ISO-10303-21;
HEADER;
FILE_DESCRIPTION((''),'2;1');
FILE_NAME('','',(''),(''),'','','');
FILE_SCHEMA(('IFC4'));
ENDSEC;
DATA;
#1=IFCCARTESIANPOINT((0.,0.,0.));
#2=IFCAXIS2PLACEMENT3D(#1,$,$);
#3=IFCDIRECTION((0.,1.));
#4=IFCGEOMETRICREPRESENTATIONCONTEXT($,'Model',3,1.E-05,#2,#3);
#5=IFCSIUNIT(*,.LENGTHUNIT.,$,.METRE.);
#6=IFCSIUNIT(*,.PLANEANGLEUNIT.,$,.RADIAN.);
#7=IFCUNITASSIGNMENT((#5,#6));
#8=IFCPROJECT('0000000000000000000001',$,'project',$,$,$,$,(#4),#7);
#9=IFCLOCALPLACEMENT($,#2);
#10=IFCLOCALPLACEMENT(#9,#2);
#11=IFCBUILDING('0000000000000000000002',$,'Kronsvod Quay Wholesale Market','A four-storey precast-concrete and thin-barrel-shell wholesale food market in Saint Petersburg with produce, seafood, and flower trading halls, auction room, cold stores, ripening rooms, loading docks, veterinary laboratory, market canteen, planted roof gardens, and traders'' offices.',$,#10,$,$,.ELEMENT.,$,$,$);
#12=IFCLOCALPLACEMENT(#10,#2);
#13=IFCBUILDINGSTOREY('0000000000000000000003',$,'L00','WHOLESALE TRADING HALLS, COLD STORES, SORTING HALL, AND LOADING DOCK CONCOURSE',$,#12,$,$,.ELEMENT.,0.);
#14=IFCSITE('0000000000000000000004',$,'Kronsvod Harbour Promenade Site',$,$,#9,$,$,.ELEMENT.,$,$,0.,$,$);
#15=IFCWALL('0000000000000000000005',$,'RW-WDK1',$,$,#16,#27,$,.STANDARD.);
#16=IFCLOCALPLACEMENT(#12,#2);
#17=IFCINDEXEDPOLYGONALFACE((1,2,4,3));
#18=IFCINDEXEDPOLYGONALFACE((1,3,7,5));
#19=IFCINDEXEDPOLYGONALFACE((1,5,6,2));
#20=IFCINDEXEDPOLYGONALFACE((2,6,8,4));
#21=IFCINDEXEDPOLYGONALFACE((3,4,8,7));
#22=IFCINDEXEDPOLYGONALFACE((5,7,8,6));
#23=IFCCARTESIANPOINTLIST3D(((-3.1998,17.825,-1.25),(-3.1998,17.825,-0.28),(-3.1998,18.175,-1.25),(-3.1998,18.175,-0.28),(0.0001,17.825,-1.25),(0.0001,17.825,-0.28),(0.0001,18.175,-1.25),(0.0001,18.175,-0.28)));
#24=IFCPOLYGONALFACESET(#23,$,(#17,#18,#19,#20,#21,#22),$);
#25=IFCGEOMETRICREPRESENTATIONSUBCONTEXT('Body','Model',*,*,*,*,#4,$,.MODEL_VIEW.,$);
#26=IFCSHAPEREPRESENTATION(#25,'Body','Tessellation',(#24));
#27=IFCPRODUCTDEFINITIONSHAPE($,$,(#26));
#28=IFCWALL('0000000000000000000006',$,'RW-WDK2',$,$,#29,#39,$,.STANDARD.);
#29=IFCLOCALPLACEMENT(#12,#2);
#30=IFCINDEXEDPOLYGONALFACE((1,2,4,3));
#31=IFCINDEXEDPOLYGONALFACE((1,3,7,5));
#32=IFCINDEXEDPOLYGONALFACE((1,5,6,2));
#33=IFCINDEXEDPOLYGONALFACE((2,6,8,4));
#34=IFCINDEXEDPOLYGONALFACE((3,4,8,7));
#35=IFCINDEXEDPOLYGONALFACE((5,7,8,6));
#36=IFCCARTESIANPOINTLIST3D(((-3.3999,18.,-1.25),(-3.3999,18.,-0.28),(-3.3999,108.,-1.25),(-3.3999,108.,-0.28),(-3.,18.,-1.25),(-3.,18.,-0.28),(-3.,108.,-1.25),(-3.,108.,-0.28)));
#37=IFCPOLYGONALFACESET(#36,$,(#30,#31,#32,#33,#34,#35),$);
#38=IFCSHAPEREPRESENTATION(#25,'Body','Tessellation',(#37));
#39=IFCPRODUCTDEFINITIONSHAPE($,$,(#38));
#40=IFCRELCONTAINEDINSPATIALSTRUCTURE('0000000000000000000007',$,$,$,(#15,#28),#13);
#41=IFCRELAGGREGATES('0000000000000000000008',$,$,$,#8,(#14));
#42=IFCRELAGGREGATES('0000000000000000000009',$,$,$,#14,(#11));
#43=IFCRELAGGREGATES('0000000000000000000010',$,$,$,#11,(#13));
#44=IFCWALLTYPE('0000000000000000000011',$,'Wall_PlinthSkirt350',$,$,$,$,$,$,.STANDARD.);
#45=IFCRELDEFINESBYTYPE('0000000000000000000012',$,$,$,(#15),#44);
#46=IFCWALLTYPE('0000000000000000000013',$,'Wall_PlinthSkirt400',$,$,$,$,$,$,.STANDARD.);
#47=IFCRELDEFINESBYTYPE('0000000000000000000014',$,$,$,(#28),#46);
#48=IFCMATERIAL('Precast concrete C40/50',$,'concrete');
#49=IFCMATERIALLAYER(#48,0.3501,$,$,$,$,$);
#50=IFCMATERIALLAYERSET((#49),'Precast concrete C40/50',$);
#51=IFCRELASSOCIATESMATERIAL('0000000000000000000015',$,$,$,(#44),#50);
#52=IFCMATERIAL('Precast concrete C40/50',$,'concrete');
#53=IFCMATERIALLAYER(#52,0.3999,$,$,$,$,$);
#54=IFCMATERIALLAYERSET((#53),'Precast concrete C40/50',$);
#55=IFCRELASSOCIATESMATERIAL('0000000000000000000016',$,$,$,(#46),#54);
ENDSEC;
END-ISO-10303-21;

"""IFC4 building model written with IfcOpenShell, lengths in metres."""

from ifc_helpers import new_model, si_unit, direction, frame, frame_2d, origin, place, context, subcontext, project, spatial, rectangle, extrude, material, layer, layer_set, type_object, element, save


model = new_model("IFC4")

# Units and contexts
model_context = context("Model", 3, precision=1e-05, world=origin(), true_north=direction((0.0, 1.0)))
body_context = subcontext(model_context, "Body", "Model", "MODEL_VIEW")
ifc_project = project(units=[si_unit("LENGTHUNIT", "METRE"), si_unit("PLANEANGLEUNIT", "RADIAN")], contexts=[model_context])

# Site, building, storey
site_placement = place(None, origin())
site = spatial("IfcSite", under=ifc_project, at=site_placement, Name="Kronsvod Harbour Promenade Site", CompositionType="ELEMENT", RefElevation=0.0)
building_placement = place(site_placement, origin())
building = spatial("IfcBuilding", under=site, at=building_placement, Name="Kronsvod Quay Wholesale Market", Description="A four-storey precast-concrete and thin-barrel-shell wholesale food market in Saint Petersburg with produce, seafood, and flower trading halls, auction room, cold stores, ripening rooms, loading docks, veterinary laboratory, market canteen, planted roof gardens, and traders' offices.", CompositionType="ELEMENT")
storey_placement = place(building_placement, origin())
storey = spatial("IfcBuildingStorey", under=building, at=storey_placement, Name="L00", Description="WHOLESALE TRADING HALLS, COLD STORES, SORTING HALL, AND LOADING DOCK CONCOURSE", CompositionType="ELEMENT", Elevation=0.0)

# Walls
ifc_material_1 = material(Name="Precast concrete C40/50", Category="concrete")
ifc_layer_1 = layer(ifc_material_1, 0.3501)
ifc_layer_set_1 = layer_set([ifc_layer_1], Name="Precast concrete C40/50")
wall_type_1 = type_object("IfcWallType", Name="Wall_PlinthSkirt350", PredefinedType="STANDARD", material=ifc_layer_set_1)
wall_1_placement = place(storey_placement, frame((-3.2, 18.0, -1.25), z_axis=(0.0, 0.0, 1.0), x_axis=(1.0, 0.0, 0.0)))
element("IfcWall", 1, at=wall_1_placement, inside=storey, type_object=wall_type_1, Name="RW-WDK1", PredefinedType="STANDARD", context=body_context, shape_type="SweptSolid", body=[
    extrude(rectangle(XDim=3.2, YDim=0.3501, at=frame_2d((1.6001, 0.0))), origin(), (0.0, 0.0, 1.0), 0.97),
])
ifc_material_2 = material(Name="Precast concrete C40/50", Category="concrete")
ifc_layer_2 = layer(ifc_material_2, 0.3999)
ifc_layer_set_2 = layer_set([ifc_layer_2], Name="Precast concrete C40/50")
wall_type_2 = type_object("IfcWallType", Name="Wall_PlinthSkirt400", PredefinedType="STANDARD", material=ifc_layer_set_2)
wall_2_placement = place(storey_placement, frame((-3.2, 18.0, -1.25), z_axis=(0.0, 0.0, 1.0), x_axis=(0.0, 1.0, 0.0)))
element("IfcWall", 2, at=wall_2_placement, inside=storey, type_object=wall_type_2, Name="RW-WDK2", PredefinedType="STANDARD", context=body_context, shape_type="SweptSolid", body=[
    extrude(rectangle(XDim=90.0, YDim=0.3999, at=frame_2d((45.0, 0.0))), origin(), (0.0, 0.0, 1.0), 0.97),
])

save(model, "model.ifc")
